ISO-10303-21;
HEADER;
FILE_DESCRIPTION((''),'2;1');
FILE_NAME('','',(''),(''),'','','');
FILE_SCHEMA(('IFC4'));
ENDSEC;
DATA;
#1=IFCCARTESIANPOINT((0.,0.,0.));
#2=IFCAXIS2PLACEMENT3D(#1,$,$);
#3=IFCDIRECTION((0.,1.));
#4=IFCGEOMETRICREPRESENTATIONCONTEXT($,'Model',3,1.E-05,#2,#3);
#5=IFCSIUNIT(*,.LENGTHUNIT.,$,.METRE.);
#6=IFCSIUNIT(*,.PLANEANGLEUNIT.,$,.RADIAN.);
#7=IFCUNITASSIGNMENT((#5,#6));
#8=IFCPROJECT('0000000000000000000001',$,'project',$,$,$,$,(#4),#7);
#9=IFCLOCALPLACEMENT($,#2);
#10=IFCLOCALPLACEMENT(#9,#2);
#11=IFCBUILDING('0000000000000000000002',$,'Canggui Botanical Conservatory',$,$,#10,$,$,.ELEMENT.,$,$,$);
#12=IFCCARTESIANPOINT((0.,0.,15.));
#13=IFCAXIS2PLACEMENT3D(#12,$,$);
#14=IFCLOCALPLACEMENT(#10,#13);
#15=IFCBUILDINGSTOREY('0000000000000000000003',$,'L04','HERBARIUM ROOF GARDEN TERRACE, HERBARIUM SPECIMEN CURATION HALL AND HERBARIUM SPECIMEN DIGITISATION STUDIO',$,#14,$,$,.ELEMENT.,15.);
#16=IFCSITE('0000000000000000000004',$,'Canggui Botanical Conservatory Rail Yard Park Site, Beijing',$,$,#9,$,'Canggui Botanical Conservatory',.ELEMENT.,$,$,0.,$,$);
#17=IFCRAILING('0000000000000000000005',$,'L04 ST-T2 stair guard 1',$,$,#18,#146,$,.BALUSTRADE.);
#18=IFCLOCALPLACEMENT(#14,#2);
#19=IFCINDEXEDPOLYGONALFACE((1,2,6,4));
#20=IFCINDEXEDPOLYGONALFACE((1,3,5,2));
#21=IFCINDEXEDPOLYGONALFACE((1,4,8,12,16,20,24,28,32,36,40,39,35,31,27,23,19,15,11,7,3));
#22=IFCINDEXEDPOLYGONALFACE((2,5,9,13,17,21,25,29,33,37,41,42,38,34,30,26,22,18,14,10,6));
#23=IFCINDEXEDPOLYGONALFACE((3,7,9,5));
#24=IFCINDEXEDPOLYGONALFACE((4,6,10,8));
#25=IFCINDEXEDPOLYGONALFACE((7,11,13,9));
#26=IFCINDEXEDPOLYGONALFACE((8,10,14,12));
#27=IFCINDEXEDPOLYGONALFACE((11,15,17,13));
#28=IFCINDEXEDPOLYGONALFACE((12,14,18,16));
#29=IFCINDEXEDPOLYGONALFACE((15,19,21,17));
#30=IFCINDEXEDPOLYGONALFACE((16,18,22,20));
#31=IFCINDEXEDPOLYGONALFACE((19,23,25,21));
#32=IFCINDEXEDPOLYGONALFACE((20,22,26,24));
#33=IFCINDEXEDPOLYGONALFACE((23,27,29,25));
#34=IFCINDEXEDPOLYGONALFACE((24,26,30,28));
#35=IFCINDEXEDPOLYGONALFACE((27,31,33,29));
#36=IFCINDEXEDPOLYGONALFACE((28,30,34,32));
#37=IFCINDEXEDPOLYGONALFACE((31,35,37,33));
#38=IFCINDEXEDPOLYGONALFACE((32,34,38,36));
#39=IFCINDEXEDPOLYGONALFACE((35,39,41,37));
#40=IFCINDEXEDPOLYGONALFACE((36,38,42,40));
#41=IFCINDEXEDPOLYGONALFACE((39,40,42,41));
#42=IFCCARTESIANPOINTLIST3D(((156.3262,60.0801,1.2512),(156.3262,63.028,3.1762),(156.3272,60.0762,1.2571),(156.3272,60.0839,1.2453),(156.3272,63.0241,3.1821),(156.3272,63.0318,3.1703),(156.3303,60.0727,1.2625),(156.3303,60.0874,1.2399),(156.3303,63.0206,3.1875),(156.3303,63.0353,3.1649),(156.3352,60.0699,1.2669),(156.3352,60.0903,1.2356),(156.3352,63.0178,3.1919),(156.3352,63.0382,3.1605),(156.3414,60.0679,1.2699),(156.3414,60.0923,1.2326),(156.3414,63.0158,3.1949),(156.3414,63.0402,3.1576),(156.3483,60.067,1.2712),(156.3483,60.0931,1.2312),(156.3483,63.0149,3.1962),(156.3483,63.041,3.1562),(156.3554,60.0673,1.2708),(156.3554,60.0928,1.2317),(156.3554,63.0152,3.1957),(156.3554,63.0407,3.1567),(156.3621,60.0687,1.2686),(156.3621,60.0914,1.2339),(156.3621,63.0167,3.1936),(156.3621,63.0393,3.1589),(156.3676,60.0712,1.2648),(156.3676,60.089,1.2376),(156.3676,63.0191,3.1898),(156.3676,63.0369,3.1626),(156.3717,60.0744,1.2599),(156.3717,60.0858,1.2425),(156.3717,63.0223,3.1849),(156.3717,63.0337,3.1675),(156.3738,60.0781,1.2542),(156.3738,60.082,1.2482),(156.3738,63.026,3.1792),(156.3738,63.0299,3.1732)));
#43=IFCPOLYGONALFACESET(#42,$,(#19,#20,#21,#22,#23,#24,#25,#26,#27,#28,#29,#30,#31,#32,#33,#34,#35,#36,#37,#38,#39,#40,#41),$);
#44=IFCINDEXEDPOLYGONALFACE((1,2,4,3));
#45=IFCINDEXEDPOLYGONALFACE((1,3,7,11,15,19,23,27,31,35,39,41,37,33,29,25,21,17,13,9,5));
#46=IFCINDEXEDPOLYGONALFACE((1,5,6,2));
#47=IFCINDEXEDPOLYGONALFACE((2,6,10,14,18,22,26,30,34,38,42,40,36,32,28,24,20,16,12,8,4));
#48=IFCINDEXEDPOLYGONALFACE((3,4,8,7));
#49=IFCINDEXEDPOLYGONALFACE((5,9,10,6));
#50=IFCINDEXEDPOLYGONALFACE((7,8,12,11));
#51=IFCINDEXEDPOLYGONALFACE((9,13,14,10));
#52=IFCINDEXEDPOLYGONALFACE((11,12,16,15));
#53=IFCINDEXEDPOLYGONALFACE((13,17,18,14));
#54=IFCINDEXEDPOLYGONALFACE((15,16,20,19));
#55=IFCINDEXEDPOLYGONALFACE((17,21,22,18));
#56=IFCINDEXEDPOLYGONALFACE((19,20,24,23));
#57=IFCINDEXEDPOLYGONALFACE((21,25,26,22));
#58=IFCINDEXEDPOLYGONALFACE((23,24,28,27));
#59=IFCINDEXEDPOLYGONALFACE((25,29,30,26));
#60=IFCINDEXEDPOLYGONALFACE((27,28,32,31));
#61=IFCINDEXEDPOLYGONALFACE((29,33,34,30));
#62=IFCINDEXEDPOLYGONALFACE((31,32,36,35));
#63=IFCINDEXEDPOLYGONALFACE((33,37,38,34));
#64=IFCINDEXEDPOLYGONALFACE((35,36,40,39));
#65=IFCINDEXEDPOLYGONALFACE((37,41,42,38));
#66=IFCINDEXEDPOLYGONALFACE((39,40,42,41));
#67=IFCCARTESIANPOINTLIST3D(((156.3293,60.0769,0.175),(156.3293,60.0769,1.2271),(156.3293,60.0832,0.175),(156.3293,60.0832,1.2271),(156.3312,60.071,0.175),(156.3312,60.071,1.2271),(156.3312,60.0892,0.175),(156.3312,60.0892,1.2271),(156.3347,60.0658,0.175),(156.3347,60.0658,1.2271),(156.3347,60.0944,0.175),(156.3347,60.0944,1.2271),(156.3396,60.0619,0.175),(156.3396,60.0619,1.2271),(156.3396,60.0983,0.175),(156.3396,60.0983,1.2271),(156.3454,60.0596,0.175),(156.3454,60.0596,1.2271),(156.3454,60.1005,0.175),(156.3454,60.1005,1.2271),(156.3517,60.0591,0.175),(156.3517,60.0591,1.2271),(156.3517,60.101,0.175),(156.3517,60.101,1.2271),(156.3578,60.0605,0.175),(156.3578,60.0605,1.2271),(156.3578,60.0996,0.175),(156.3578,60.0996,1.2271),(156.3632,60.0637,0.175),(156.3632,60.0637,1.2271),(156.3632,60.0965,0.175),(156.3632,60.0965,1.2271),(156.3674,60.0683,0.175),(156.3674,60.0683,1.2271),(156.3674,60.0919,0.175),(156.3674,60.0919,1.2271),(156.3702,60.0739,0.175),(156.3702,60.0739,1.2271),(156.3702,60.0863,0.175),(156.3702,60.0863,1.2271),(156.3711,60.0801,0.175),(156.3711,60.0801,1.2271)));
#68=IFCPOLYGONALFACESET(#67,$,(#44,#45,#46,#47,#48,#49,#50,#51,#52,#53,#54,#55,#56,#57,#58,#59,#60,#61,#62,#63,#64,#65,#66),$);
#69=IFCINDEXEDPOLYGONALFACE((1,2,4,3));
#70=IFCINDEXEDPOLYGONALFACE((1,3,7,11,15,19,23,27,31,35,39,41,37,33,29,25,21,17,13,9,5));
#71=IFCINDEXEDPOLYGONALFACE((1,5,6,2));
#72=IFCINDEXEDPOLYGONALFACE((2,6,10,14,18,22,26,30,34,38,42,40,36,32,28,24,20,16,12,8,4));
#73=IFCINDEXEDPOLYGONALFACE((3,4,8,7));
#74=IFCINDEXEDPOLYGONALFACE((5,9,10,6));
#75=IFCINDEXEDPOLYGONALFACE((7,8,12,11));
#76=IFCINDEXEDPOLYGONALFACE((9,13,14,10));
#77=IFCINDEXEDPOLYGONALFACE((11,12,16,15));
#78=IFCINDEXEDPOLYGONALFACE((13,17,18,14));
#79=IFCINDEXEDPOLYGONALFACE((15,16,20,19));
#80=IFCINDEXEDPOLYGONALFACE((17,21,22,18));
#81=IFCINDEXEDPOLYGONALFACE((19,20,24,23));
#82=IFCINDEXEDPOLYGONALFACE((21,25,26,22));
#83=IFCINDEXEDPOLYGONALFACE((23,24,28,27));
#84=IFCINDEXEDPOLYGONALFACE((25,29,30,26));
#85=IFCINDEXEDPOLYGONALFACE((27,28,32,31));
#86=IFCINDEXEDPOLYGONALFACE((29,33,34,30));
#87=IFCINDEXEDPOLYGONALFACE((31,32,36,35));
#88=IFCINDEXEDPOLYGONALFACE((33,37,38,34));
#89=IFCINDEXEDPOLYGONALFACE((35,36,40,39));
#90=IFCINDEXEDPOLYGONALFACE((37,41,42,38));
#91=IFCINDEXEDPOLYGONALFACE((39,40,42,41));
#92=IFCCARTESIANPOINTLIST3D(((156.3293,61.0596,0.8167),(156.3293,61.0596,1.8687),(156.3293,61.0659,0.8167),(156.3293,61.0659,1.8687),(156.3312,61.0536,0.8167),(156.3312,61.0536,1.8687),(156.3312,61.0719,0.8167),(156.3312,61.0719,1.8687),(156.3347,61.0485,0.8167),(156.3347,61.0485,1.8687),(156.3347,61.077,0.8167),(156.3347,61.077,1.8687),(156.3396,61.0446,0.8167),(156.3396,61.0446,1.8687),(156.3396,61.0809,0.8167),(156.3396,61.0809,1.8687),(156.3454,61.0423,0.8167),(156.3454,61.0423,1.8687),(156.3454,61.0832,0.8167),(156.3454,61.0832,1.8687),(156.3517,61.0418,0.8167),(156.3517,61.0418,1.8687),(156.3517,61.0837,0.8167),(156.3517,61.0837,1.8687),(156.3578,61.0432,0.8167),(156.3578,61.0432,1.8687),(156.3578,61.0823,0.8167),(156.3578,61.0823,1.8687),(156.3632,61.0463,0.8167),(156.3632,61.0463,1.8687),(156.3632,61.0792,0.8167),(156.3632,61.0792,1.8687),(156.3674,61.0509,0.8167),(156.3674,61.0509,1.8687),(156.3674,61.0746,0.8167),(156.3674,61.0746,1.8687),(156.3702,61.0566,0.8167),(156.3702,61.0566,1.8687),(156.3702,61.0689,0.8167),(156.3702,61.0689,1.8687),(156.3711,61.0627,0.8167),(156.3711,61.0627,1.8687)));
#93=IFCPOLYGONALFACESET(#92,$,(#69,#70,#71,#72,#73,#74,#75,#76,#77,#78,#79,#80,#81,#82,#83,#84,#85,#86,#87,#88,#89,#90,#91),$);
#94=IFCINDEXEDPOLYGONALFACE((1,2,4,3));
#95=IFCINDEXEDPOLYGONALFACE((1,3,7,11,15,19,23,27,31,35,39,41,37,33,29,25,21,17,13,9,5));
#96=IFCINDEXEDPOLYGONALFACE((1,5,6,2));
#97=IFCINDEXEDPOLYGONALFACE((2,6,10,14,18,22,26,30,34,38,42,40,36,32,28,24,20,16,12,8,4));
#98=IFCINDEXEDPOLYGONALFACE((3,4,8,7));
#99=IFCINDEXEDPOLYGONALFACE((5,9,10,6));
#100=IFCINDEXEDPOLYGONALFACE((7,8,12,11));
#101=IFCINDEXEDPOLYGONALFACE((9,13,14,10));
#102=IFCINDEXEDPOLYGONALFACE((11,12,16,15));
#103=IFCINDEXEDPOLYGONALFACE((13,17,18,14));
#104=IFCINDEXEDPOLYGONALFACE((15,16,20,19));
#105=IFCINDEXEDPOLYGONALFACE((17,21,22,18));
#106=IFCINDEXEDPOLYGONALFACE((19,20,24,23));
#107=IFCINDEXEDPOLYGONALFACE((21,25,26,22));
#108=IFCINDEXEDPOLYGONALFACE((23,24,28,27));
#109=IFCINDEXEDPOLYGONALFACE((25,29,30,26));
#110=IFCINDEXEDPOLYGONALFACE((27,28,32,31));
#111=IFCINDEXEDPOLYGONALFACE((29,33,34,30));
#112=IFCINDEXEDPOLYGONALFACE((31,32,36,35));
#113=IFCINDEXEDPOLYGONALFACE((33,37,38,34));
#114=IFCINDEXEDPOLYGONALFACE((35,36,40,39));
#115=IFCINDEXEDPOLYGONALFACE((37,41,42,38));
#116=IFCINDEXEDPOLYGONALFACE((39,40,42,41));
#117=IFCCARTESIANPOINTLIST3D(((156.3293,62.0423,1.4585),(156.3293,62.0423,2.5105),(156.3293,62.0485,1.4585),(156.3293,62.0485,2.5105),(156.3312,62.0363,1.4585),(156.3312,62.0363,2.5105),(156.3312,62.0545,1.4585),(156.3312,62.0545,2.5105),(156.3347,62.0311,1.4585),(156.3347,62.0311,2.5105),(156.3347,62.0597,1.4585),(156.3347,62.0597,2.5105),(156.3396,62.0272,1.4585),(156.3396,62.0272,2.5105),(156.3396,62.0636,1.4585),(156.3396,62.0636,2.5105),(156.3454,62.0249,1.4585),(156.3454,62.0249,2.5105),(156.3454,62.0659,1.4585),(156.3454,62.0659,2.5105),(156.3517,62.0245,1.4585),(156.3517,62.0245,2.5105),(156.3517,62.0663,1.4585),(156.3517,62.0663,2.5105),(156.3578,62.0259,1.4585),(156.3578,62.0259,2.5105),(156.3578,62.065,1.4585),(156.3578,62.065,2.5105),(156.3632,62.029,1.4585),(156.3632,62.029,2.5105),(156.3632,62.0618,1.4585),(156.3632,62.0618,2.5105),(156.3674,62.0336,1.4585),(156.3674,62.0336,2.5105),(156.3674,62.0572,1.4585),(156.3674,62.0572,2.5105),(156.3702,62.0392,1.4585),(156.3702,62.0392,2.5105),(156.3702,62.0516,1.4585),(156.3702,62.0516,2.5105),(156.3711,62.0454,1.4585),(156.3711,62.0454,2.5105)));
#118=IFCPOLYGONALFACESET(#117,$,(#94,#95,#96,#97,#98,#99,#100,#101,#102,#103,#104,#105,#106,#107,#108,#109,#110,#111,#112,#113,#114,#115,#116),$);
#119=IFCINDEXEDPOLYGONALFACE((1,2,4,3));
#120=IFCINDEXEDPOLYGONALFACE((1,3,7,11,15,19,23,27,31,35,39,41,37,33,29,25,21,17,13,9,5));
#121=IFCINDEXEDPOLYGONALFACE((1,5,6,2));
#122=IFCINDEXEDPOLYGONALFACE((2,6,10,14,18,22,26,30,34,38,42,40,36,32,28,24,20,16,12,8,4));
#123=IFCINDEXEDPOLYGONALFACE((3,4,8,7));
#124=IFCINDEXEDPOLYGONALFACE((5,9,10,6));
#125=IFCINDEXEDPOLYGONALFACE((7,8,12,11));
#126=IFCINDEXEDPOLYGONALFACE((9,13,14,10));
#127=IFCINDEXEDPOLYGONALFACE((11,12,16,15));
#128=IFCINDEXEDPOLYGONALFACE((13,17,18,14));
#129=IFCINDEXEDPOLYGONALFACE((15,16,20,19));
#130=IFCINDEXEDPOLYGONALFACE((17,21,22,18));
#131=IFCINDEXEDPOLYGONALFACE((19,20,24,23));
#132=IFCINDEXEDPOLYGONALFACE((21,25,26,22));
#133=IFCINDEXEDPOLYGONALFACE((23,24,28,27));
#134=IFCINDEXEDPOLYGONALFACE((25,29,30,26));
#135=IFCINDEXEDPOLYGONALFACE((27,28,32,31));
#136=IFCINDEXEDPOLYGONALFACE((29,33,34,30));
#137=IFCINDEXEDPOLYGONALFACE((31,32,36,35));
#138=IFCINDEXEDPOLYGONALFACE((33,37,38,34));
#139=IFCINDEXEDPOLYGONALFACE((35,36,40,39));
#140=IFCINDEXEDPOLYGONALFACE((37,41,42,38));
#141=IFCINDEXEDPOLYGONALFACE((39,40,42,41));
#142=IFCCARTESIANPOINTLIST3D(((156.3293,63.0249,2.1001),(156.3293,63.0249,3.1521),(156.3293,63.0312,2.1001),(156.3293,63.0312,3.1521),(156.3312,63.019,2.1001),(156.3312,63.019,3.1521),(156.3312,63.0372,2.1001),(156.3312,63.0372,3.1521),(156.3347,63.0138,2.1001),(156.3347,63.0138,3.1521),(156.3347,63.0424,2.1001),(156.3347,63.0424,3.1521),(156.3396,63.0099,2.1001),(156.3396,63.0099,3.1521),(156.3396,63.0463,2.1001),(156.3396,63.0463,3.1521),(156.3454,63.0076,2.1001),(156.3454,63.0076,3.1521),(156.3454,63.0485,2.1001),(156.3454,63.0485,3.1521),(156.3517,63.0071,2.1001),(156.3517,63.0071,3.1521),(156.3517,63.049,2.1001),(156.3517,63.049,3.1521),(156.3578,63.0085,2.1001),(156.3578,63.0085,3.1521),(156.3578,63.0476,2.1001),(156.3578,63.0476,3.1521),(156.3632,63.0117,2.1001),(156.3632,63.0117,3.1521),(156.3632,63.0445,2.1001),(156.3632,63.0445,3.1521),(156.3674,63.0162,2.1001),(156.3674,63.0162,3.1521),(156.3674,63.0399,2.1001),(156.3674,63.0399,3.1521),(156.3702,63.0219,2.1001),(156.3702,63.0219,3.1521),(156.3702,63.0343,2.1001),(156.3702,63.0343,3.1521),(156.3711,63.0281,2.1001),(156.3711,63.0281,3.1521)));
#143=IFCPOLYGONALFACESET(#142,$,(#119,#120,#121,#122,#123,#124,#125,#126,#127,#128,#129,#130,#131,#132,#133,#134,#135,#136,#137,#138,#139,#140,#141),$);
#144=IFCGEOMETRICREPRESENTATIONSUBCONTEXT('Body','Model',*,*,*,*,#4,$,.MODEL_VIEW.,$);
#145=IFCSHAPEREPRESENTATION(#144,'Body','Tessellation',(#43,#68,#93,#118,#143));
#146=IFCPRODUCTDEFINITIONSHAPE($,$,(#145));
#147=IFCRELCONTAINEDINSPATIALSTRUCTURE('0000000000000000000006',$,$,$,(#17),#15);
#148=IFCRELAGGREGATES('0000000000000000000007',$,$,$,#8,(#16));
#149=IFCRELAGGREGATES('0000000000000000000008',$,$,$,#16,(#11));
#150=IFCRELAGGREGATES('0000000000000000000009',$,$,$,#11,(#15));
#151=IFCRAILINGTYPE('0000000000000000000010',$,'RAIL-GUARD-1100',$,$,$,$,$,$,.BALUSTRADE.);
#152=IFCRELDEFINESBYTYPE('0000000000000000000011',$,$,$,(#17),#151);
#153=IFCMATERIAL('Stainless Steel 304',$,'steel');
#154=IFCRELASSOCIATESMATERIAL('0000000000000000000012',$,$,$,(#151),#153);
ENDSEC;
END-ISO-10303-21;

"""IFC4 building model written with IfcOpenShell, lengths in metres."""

from ifc_helpers import new_model, si_unit, direction, frame, origin, origin_2d, place, context, subcontext, project, spatial, circle, extrude, material, type_object, element, save


model = new_model("IFC4")

# Units and contexts
model_context = context("Model", 3, precision=1e-05, world=origin(), true_north=direction((0.0, 1.0)))
body_context = subcontext(model_context, "Body", "Model", "MODEL_VIEW")
ifc_project = project(units=[si_unit("LENGTHUNIT", "METRE"), si_unit("PLANEANGLEUNIT", "RADIAN")], contexts=[model_context])

# Site, building, storey
site_placement = place(None, origin())
site = spatial("IfcSite", under=ifc_project, at=site_placement, Name="Canggui Botanical Conservatory Rail Yard Park Site, Beijing", LongName="Canggui Botanical Conservatory", CompositionType="ELEMENT", RefElevation=0.0)
building_placement = place(site_placement, origin())
building = spatial("IfcBuilding", under=site, at=building_placement, Name="Canggui Botanical Conservatory", CompositionType="ELEMENT")
storey_placement = place(building_placement, frame((0.0, 0.0, 15.0)))
storey = spatial("IfcBuildingStorey", under=building, at=storey_placement, Name="L04", Description="HERBARIUM ROOF GARDEN TERRACE, HERBARIUM SPECIMEN CURATION HALL AND HERBARIUM SPECIMEN DIGITISATION STUDIO", CompositionType="ELEMENT", Elevation=15.0)

# Shared definitions
ifc_material_1 = material(Name="Stainless Steel 304", Category="steel")

# Railing
railing_type_1 = type_object("IfcRailingType", Name="RAIL-GUARD-1100", PredefinedType="BALUSTRADE", material=ifc_material_1)
railing_1_placement = place(storey_placement, frame((156.3501, 60.0801, 0.175)))
element("IfcRailing", 1, at=railing_1_placement, inside=storey, type_object=railing_type_1, Name="L04 ST-T2 stair guard 1", PredefinedType="BALUSTRADE", context=body_context, shape_type="SweptSolid", body=[
    extrude(circle(Radius=0.0239, at=origin_2d()), frame((0.0, 0.0, 1.0762), z_axis=(0.0, 0.837293, 0.546754), x_axis=(-1.0, 0.0, 0.0)), (0.0, 0.0, 1.0), 3.5208),
    extrude(circle(Radius=0.021, at=origin_2d()), origin(), (0.0, 0.0, 1.0), 1.052),
    extrude(circle(Radius=0.021, at=origin_2d()), frame((0.0, 0.9827, 0.6416)), (0.0, 0.0, 1.0), 1.052),
    extrude(circle(Radius=0.021, at=origin_2d()), frame((0.0, 1.9653, 1.2834)), (0.0, 0.0, 1.0), 1.052),
    extrude(circle(Radius=0.021, at=origin_2d()), frame((0.0, 2.948, 1.925)), (0.0, 0.0, 1.0), 1.052),
])

save(model, "model.ifc")
